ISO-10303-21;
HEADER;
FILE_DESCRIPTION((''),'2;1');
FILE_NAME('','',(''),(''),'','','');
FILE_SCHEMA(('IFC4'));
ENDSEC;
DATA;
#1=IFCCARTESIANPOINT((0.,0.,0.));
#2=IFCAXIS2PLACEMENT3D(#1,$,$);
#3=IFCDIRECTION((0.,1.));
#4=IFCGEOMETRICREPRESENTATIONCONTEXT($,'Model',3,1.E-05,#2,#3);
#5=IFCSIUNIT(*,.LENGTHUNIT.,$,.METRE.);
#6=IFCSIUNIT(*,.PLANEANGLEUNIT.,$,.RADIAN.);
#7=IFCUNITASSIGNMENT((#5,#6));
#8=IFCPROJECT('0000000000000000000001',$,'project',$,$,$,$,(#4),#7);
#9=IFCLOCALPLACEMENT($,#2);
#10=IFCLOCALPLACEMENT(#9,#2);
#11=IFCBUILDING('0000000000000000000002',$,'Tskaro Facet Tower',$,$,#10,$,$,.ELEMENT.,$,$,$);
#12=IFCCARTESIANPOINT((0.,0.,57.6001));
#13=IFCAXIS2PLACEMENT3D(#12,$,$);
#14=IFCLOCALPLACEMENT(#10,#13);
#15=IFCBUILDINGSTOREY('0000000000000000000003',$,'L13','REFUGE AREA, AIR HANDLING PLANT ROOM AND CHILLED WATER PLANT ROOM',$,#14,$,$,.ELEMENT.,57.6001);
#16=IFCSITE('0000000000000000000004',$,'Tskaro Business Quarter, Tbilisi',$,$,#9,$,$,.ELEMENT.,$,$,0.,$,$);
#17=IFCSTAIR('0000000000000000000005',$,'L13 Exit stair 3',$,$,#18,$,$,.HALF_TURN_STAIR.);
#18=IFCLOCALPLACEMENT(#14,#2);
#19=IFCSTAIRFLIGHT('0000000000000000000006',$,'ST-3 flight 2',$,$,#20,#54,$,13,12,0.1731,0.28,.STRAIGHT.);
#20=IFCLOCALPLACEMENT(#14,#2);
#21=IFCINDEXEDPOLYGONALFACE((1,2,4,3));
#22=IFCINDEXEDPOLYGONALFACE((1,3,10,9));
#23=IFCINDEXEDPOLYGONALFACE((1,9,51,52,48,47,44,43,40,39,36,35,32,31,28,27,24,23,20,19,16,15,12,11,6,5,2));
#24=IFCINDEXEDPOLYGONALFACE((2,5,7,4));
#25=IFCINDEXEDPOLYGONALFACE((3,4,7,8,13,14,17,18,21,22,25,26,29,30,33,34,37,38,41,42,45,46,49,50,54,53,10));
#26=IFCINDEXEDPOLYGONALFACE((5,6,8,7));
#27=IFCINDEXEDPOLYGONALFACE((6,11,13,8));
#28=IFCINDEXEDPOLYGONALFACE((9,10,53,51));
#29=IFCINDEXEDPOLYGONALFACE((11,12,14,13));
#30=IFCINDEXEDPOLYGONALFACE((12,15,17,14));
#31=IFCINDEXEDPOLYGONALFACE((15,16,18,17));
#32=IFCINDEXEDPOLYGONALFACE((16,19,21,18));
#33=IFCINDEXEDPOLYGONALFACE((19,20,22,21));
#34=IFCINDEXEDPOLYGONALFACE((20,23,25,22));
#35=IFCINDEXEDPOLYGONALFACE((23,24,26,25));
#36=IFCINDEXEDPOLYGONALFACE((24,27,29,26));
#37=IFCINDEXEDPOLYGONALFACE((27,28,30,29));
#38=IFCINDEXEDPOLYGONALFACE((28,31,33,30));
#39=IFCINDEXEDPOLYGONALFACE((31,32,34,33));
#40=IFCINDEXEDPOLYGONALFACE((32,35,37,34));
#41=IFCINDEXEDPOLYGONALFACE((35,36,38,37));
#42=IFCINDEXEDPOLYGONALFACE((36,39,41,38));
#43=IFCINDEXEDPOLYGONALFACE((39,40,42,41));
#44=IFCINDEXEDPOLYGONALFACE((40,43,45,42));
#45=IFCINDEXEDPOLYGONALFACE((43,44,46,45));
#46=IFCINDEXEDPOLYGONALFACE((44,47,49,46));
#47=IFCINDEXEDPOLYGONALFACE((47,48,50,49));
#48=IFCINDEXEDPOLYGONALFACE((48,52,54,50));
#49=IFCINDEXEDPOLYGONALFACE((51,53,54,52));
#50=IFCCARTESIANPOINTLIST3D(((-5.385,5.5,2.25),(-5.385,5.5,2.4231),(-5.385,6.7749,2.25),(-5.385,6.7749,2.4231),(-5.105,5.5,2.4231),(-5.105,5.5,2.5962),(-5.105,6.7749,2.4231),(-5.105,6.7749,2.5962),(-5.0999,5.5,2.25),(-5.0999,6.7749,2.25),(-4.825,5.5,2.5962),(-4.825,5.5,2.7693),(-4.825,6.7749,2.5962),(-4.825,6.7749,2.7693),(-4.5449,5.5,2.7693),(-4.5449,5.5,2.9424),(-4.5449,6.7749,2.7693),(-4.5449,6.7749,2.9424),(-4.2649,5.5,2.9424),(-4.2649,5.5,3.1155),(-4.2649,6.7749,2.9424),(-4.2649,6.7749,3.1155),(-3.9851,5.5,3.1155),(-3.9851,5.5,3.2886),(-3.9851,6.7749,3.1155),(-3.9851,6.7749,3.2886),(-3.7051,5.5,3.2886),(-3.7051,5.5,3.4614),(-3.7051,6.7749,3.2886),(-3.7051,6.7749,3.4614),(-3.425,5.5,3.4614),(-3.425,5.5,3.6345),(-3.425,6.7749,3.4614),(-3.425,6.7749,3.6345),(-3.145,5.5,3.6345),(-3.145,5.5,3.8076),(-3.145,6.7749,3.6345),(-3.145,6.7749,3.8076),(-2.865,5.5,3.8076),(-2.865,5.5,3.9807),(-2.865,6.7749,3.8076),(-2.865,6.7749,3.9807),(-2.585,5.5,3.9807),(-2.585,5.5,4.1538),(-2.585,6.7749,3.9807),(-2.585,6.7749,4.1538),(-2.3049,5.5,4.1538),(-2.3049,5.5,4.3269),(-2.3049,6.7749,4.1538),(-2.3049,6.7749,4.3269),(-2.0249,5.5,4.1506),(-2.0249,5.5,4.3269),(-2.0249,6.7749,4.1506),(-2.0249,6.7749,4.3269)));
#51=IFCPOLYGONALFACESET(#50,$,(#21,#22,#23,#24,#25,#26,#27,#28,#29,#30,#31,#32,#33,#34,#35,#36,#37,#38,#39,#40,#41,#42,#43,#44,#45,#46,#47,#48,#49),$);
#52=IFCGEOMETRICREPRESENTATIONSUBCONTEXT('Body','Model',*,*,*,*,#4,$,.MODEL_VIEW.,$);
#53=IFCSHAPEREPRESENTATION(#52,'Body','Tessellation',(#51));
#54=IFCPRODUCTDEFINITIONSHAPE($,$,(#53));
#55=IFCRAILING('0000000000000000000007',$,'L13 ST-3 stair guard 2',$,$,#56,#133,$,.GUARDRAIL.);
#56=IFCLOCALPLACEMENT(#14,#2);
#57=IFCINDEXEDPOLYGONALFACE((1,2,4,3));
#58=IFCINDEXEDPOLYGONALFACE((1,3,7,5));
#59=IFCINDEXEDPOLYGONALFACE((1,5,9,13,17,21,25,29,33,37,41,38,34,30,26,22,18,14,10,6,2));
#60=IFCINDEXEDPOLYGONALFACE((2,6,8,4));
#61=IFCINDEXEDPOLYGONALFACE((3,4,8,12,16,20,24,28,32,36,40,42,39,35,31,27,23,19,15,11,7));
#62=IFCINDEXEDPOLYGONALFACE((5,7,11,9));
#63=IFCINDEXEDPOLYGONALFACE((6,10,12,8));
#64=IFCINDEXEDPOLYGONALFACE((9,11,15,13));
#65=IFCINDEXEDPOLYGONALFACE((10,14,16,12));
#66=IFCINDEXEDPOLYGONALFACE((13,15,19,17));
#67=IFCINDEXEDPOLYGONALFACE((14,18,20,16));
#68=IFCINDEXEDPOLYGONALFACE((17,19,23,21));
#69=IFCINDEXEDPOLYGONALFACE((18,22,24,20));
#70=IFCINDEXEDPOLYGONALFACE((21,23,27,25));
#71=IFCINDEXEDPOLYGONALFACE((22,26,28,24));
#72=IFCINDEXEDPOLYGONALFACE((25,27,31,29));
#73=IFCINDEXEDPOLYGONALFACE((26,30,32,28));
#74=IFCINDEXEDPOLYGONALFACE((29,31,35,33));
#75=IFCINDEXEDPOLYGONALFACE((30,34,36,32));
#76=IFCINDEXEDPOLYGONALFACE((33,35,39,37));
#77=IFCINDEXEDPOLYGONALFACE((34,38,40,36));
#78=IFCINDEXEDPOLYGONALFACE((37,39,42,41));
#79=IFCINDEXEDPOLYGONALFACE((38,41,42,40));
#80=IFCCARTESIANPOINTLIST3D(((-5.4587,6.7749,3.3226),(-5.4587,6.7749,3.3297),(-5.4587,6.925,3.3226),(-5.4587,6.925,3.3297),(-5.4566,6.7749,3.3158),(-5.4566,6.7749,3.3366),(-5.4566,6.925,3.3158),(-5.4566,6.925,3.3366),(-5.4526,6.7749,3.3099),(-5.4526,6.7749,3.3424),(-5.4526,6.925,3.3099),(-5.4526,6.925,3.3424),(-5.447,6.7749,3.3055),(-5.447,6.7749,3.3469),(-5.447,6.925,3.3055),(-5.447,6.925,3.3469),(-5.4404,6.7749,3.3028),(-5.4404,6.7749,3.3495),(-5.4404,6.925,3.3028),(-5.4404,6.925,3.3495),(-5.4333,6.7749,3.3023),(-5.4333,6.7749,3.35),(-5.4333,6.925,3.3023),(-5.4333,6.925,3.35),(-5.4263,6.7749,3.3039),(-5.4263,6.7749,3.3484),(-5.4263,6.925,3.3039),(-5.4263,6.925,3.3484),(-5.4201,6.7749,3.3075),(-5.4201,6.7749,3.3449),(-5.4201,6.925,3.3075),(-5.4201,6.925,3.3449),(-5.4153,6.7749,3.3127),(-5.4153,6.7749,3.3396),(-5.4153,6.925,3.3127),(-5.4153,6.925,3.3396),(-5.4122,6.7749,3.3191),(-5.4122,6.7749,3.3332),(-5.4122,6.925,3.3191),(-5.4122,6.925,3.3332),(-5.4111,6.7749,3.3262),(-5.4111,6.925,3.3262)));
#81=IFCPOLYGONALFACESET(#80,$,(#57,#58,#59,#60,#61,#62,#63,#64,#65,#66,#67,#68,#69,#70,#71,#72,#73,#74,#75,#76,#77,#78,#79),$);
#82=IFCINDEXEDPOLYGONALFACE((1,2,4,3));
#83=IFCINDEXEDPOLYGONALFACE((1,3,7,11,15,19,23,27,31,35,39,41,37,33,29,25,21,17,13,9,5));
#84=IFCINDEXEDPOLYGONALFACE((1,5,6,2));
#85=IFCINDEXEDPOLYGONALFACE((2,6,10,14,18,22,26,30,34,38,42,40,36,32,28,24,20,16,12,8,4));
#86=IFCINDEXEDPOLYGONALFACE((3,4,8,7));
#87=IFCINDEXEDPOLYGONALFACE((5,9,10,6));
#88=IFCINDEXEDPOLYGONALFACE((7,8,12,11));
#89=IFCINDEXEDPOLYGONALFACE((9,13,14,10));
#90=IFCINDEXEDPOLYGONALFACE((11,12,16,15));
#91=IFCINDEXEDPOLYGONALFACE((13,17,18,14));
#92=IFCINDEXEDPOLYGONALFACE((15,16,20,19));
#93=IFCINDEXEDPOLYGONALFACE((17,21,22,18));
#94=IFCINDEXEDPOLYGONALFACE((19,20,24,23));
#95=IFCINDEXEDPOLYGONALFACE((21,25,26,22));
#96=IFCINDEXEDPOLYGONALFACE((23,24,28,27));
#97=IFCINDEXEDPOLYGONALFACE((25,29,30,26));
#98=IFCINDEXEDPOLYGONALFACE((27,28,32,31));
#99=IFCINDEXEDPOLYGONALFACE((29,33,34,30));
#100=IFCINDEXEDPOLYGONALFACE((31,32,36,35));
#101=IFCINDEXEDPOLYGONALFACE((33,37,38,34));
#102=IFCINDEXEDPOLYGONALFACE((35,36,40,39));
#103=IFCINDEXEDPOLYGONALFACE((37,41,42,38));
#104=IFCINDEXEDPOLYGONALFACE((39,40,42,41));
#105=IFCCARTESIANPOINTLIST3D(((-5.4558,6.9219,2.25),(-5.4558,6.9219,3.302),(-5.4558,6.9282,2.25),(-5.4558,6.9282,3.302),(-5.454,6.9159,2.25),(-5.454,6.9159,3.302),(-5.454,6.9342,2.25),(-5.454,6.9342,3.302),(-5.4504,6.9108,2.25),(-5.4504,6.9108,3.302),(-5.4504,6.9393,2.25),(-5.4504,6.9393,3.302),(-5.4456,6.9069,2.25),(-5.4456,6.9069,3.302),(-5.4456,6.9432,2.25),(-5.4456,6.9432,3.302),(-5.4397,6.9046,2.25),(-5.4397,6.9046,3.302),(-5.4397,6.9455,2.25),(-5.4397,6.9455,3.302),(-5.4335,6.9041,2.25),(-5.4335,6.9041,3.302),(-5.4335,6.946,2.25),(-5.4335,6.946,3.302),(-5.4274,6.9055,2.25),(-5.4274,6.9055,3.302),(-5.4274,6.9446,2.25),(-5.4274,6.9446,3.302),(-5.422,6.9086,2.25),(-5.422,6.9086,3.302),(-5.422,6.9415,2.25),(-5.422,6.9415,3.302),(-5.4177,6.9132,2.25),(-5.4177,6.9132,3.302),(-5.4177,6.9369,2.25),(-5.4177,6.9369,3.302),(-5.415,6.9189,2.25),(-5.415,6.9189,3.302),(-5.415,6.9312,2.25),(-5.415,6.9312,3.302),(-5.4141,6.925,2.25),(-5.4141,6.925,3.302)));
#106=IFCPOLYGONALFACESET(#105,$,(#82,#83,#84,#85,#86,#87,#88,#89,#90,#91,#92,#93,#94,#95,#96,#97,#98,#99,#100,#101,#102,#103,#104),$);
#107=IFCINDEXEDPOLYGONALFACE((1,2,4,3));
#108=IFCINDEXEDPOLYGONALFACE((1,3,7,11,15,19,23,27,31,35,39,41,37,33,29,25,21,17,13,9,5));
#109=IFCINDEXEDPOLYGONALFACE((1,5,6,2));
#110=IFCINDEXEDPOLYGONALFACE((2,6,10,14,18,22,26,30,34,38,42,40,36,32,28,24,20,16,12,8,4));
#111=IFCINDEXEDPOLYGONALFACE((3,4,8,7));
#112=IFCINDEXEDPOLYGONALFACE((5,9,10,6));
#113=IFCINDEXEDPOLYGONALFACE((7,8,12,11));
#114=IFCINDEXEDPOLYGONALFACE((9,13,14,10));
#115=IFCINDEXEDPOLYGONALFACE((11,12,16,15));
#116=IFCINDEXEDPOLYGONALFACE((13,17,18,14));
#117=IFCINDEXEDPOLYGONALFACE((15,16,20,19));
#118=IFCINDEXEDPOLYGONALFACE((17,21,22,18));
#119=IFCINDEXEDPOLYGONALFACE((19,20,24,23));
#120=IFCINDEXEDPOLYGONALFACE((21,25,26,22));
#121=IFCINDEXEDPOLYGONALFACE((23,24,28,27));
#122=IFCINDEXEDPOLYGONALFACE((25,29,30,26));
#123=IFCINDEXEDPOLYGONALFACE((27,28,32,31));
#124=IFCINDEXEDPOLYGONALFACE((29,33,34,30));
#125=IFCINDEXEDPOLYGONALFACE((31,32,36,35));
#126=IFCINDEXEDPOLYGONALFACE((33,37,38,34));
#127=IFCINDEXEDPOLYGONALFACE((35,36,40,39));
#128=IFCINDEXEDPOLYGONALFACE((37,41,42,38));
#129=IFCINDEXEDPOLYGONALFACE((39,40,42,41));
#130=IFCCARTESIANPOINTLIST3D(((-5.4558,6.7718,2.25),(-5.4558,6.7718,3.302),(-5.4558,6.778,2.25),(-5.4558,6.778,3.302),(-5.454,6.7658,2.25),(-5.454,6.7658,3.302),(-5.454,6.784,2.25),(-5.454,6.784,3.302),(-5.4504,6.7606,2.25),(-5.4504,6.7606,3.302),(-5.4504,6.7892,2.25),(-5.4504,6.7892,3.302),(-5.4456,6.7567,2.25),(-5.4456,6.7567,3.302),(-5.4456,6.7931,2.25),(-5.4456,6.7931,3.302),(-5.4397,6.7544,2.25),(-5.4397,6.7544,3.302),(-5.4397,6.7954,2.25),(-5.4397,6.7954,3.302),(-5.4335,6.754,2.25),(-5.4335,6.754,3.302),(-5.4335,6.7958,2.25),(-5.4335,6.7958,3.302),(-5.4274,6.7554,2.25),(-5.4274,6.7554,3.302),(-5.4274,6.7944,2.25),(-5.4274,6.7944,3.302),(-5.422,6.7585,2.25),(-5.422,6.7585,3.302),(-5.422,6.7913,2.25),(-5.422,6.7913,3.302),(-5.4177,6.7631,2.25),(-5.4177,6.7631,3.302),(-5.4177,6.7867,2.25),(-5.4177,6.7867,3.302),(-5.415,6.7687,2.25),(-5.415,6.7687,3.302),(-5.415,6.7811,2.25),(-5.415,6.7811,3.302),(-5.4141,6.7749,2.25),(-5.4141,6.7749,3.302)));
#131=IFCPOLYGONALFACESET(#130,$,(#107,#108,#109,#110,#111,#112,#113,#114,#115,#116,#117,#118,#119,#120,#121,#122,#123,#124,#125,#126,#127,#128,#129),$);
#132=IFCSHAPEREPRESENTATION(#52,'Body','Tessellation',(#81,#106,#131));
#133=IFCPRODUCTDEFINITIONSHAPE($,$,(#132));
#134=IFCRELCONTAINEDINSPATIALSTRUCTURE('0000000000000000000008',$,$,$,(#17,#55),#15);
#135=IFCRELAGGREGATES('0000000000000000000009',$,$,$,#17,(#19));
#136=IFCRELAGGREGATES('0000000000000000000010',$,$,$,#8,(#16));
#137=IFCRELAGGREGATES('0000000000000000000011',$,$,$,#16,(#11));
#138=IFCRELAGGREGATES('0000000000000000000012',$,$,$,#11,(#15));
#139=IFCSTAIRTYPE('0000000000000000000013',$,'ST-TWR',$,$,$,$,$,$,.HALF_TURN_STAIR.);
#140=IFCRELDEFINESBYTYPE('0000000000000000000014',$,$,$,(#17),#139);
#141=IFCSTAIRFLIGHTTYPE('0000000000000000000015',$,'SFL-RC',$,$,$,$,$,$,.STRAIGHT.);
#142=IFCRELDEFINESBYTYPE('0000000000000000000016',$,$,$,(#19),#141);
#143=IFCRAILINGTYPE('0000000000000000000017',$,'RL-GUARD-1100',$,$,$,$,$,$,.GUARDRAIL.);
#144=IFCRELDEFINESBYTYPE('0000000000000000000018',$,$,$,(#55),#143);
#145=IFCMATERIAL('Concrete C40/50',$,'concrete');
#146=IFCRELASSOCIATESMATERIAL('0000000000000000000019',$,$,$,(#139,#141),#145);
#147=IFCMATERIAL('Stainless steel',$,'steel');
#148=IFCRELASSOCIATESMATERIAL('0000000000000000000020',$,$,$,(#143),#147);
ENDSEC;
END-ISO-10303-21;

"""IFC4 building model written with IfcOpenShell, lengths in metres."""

from ifc_helpers import new_model, si_unit, direction, frame, origin, origin_2d, place, context, subcontext, project, spatial, polyline, circle, outline, extrude, material, type_object, element, aggregate, save


model = new_model("IFC4")

# Units and contexts
model_context = context("Model", 3, precision=1e-05, world=origin(), true_north=direction((0.0, 1.0)))
body_context = subcontext(model_context, "Body", "Model", "MODEL_VIEW")
ifc_project = project(units=[si_unit("LENGTHUNIT", "METRE"), si_unit("PLANEANGLEUNIT", "RADIAN")], contexts=[model_context])

# Site, building, storey
site_placement = place(None, origin())
site = spatial("IfcSite", under=ifc_project, at=site_placement, Name="Tskaro Business Quarter, Tbilisi", CompositionType="ELEMENT", RefElevation=0.0)
building_placement = place(site_placement, origin())
building = spatial("IfcBuilding", under=site, at=building_placement, Name="Tskaro Facet Tower", CompositionType="ELEMENT")
storey_placement = place(building_placement, frame((0.0, 0.0, 57.6001)))
storey = spatial("IfcBuildingStorey", under=building, at=storey_placement, Name="L13", Description="REFUGE AREA, AIR HANDLING PLANT ROOM AND CHILLED WATER PLANT ROOM", CompositionType="ELEMENT", Elevation=57.6001)

# Stair, stair flight
ifc_material_1 = material(Name="Concrete C40/50", Category="concrete")
stair_type = type_object("IfcStairType", Name="ST-TWR", PredefinedType="HALF_TURN_STAIR", material=ifc_material_1)
stair_placement = place(storey_placement, origin())
stair = element("IfcStair", 1, at=stair_placement, inside=storey, type_object=stair_type, Name="L13 Exit stair 3", PredefinedType="HALF_TURN_STAIR")
stair_flight_type = type_object("IfcStairFlightType", Name="SFL-RC", PredefinedType="STRAIGHT", material=ifc_material_1)
stair_flight_1_placement = place(storey_placement, frame((-5.385, 6.1375, 2.25), z_axis=(0.0, 0.0, 1.0), x_axis=(1.0, 0.0, 0.0)))
stair_flight_1 = element("IfcStairFlight", 2, at=stair_flight_1_placement, type_object=stair_flight_type, Name="ST-3 flight 2", NumberOfRisers=13, NumberOfTreads=12, PredefinedType="STRAIGHT", RiserHeight=0.1731, TreadLength=0.28, context=body_context, shape_type="SweptSolid", body=[
    extrude(outline(polyline([(0.0, 0.0), (0.0, 0.1731), (0.28, 0.1731), (0.28, 0.3462), (0.5601, 0.3462), (0.5601, 0.5193), (0.8401, 0.5193), (0.8401, 0.6924), (1.1201, 0.6924), (1.1201, 0.8655), (1.3999, 0.8655), (1.3999, 1.0386), (1.6799, 1.0386), (1.6799, 1.2114), (1.96, 1.2114), (1.96, 1.3845), (2.24, 1.3845), (2.24, 1.5576), (2.52, 1.5576), (2.52, 1.7307), (2.8, 1.7307), (2.8, 1.9038), (3.0801, 1.9038), (3.0801, 2.0769), (3.3601, 2.0769), (3.3601, 2.25), (3.3601, 1.9006), (0.2852, 0.0), (0.0, 0.0)])), frame((0.0, 0.6375, 0.0), z_axis=(0.0, -1.0, 0.0), x_axis=(1.0, 0.0, 0.0)), (0.0, 0.0, 1.0), 1.2749),
])
aggregate(stair, [stair_flight_1])

# Railing
ifc_material_2 = material(Name="Stainless steel", Category="steel")
railing_type = type_object("IfcRailingType", Name="RL-GUARD-1100", PredefinedType="GUARDRAIL", material=ifc_material_2)
railing_1_placement = place(storey_placement, frame((-5.4351, 6.925, 2.25)))
element("IfcRailing", 3, at=railing_1_placement, inside=storey, type_object=railing_type, Name="L13 ST-3 stair guard 2", PredefinedType="GUARDRAIL", context=body_context, shape_type="SweptSolid", body=[
    extrude(circle(Radius=0.0239, at=origin_2d()), frame((0.0, 0.0, 1.0762), z_axis=(0.0, -1.0, 0.0), x_axis=(1.0, 0.0, 0.0)), (0.0, 0.0, 1.0), 0.1501),
    extrude(circle(Radius=0.021, at=origin_2d()), origin(), (0.0, 0.0, 1.0), 1.052),
    extrude(circle(Radius=0.021, at=origin_2d()), frame((0.0, -0.1501, 0.0)), (0.0, 0.0, 1.0), 1.052),
])

save(model, "model.ifc")
